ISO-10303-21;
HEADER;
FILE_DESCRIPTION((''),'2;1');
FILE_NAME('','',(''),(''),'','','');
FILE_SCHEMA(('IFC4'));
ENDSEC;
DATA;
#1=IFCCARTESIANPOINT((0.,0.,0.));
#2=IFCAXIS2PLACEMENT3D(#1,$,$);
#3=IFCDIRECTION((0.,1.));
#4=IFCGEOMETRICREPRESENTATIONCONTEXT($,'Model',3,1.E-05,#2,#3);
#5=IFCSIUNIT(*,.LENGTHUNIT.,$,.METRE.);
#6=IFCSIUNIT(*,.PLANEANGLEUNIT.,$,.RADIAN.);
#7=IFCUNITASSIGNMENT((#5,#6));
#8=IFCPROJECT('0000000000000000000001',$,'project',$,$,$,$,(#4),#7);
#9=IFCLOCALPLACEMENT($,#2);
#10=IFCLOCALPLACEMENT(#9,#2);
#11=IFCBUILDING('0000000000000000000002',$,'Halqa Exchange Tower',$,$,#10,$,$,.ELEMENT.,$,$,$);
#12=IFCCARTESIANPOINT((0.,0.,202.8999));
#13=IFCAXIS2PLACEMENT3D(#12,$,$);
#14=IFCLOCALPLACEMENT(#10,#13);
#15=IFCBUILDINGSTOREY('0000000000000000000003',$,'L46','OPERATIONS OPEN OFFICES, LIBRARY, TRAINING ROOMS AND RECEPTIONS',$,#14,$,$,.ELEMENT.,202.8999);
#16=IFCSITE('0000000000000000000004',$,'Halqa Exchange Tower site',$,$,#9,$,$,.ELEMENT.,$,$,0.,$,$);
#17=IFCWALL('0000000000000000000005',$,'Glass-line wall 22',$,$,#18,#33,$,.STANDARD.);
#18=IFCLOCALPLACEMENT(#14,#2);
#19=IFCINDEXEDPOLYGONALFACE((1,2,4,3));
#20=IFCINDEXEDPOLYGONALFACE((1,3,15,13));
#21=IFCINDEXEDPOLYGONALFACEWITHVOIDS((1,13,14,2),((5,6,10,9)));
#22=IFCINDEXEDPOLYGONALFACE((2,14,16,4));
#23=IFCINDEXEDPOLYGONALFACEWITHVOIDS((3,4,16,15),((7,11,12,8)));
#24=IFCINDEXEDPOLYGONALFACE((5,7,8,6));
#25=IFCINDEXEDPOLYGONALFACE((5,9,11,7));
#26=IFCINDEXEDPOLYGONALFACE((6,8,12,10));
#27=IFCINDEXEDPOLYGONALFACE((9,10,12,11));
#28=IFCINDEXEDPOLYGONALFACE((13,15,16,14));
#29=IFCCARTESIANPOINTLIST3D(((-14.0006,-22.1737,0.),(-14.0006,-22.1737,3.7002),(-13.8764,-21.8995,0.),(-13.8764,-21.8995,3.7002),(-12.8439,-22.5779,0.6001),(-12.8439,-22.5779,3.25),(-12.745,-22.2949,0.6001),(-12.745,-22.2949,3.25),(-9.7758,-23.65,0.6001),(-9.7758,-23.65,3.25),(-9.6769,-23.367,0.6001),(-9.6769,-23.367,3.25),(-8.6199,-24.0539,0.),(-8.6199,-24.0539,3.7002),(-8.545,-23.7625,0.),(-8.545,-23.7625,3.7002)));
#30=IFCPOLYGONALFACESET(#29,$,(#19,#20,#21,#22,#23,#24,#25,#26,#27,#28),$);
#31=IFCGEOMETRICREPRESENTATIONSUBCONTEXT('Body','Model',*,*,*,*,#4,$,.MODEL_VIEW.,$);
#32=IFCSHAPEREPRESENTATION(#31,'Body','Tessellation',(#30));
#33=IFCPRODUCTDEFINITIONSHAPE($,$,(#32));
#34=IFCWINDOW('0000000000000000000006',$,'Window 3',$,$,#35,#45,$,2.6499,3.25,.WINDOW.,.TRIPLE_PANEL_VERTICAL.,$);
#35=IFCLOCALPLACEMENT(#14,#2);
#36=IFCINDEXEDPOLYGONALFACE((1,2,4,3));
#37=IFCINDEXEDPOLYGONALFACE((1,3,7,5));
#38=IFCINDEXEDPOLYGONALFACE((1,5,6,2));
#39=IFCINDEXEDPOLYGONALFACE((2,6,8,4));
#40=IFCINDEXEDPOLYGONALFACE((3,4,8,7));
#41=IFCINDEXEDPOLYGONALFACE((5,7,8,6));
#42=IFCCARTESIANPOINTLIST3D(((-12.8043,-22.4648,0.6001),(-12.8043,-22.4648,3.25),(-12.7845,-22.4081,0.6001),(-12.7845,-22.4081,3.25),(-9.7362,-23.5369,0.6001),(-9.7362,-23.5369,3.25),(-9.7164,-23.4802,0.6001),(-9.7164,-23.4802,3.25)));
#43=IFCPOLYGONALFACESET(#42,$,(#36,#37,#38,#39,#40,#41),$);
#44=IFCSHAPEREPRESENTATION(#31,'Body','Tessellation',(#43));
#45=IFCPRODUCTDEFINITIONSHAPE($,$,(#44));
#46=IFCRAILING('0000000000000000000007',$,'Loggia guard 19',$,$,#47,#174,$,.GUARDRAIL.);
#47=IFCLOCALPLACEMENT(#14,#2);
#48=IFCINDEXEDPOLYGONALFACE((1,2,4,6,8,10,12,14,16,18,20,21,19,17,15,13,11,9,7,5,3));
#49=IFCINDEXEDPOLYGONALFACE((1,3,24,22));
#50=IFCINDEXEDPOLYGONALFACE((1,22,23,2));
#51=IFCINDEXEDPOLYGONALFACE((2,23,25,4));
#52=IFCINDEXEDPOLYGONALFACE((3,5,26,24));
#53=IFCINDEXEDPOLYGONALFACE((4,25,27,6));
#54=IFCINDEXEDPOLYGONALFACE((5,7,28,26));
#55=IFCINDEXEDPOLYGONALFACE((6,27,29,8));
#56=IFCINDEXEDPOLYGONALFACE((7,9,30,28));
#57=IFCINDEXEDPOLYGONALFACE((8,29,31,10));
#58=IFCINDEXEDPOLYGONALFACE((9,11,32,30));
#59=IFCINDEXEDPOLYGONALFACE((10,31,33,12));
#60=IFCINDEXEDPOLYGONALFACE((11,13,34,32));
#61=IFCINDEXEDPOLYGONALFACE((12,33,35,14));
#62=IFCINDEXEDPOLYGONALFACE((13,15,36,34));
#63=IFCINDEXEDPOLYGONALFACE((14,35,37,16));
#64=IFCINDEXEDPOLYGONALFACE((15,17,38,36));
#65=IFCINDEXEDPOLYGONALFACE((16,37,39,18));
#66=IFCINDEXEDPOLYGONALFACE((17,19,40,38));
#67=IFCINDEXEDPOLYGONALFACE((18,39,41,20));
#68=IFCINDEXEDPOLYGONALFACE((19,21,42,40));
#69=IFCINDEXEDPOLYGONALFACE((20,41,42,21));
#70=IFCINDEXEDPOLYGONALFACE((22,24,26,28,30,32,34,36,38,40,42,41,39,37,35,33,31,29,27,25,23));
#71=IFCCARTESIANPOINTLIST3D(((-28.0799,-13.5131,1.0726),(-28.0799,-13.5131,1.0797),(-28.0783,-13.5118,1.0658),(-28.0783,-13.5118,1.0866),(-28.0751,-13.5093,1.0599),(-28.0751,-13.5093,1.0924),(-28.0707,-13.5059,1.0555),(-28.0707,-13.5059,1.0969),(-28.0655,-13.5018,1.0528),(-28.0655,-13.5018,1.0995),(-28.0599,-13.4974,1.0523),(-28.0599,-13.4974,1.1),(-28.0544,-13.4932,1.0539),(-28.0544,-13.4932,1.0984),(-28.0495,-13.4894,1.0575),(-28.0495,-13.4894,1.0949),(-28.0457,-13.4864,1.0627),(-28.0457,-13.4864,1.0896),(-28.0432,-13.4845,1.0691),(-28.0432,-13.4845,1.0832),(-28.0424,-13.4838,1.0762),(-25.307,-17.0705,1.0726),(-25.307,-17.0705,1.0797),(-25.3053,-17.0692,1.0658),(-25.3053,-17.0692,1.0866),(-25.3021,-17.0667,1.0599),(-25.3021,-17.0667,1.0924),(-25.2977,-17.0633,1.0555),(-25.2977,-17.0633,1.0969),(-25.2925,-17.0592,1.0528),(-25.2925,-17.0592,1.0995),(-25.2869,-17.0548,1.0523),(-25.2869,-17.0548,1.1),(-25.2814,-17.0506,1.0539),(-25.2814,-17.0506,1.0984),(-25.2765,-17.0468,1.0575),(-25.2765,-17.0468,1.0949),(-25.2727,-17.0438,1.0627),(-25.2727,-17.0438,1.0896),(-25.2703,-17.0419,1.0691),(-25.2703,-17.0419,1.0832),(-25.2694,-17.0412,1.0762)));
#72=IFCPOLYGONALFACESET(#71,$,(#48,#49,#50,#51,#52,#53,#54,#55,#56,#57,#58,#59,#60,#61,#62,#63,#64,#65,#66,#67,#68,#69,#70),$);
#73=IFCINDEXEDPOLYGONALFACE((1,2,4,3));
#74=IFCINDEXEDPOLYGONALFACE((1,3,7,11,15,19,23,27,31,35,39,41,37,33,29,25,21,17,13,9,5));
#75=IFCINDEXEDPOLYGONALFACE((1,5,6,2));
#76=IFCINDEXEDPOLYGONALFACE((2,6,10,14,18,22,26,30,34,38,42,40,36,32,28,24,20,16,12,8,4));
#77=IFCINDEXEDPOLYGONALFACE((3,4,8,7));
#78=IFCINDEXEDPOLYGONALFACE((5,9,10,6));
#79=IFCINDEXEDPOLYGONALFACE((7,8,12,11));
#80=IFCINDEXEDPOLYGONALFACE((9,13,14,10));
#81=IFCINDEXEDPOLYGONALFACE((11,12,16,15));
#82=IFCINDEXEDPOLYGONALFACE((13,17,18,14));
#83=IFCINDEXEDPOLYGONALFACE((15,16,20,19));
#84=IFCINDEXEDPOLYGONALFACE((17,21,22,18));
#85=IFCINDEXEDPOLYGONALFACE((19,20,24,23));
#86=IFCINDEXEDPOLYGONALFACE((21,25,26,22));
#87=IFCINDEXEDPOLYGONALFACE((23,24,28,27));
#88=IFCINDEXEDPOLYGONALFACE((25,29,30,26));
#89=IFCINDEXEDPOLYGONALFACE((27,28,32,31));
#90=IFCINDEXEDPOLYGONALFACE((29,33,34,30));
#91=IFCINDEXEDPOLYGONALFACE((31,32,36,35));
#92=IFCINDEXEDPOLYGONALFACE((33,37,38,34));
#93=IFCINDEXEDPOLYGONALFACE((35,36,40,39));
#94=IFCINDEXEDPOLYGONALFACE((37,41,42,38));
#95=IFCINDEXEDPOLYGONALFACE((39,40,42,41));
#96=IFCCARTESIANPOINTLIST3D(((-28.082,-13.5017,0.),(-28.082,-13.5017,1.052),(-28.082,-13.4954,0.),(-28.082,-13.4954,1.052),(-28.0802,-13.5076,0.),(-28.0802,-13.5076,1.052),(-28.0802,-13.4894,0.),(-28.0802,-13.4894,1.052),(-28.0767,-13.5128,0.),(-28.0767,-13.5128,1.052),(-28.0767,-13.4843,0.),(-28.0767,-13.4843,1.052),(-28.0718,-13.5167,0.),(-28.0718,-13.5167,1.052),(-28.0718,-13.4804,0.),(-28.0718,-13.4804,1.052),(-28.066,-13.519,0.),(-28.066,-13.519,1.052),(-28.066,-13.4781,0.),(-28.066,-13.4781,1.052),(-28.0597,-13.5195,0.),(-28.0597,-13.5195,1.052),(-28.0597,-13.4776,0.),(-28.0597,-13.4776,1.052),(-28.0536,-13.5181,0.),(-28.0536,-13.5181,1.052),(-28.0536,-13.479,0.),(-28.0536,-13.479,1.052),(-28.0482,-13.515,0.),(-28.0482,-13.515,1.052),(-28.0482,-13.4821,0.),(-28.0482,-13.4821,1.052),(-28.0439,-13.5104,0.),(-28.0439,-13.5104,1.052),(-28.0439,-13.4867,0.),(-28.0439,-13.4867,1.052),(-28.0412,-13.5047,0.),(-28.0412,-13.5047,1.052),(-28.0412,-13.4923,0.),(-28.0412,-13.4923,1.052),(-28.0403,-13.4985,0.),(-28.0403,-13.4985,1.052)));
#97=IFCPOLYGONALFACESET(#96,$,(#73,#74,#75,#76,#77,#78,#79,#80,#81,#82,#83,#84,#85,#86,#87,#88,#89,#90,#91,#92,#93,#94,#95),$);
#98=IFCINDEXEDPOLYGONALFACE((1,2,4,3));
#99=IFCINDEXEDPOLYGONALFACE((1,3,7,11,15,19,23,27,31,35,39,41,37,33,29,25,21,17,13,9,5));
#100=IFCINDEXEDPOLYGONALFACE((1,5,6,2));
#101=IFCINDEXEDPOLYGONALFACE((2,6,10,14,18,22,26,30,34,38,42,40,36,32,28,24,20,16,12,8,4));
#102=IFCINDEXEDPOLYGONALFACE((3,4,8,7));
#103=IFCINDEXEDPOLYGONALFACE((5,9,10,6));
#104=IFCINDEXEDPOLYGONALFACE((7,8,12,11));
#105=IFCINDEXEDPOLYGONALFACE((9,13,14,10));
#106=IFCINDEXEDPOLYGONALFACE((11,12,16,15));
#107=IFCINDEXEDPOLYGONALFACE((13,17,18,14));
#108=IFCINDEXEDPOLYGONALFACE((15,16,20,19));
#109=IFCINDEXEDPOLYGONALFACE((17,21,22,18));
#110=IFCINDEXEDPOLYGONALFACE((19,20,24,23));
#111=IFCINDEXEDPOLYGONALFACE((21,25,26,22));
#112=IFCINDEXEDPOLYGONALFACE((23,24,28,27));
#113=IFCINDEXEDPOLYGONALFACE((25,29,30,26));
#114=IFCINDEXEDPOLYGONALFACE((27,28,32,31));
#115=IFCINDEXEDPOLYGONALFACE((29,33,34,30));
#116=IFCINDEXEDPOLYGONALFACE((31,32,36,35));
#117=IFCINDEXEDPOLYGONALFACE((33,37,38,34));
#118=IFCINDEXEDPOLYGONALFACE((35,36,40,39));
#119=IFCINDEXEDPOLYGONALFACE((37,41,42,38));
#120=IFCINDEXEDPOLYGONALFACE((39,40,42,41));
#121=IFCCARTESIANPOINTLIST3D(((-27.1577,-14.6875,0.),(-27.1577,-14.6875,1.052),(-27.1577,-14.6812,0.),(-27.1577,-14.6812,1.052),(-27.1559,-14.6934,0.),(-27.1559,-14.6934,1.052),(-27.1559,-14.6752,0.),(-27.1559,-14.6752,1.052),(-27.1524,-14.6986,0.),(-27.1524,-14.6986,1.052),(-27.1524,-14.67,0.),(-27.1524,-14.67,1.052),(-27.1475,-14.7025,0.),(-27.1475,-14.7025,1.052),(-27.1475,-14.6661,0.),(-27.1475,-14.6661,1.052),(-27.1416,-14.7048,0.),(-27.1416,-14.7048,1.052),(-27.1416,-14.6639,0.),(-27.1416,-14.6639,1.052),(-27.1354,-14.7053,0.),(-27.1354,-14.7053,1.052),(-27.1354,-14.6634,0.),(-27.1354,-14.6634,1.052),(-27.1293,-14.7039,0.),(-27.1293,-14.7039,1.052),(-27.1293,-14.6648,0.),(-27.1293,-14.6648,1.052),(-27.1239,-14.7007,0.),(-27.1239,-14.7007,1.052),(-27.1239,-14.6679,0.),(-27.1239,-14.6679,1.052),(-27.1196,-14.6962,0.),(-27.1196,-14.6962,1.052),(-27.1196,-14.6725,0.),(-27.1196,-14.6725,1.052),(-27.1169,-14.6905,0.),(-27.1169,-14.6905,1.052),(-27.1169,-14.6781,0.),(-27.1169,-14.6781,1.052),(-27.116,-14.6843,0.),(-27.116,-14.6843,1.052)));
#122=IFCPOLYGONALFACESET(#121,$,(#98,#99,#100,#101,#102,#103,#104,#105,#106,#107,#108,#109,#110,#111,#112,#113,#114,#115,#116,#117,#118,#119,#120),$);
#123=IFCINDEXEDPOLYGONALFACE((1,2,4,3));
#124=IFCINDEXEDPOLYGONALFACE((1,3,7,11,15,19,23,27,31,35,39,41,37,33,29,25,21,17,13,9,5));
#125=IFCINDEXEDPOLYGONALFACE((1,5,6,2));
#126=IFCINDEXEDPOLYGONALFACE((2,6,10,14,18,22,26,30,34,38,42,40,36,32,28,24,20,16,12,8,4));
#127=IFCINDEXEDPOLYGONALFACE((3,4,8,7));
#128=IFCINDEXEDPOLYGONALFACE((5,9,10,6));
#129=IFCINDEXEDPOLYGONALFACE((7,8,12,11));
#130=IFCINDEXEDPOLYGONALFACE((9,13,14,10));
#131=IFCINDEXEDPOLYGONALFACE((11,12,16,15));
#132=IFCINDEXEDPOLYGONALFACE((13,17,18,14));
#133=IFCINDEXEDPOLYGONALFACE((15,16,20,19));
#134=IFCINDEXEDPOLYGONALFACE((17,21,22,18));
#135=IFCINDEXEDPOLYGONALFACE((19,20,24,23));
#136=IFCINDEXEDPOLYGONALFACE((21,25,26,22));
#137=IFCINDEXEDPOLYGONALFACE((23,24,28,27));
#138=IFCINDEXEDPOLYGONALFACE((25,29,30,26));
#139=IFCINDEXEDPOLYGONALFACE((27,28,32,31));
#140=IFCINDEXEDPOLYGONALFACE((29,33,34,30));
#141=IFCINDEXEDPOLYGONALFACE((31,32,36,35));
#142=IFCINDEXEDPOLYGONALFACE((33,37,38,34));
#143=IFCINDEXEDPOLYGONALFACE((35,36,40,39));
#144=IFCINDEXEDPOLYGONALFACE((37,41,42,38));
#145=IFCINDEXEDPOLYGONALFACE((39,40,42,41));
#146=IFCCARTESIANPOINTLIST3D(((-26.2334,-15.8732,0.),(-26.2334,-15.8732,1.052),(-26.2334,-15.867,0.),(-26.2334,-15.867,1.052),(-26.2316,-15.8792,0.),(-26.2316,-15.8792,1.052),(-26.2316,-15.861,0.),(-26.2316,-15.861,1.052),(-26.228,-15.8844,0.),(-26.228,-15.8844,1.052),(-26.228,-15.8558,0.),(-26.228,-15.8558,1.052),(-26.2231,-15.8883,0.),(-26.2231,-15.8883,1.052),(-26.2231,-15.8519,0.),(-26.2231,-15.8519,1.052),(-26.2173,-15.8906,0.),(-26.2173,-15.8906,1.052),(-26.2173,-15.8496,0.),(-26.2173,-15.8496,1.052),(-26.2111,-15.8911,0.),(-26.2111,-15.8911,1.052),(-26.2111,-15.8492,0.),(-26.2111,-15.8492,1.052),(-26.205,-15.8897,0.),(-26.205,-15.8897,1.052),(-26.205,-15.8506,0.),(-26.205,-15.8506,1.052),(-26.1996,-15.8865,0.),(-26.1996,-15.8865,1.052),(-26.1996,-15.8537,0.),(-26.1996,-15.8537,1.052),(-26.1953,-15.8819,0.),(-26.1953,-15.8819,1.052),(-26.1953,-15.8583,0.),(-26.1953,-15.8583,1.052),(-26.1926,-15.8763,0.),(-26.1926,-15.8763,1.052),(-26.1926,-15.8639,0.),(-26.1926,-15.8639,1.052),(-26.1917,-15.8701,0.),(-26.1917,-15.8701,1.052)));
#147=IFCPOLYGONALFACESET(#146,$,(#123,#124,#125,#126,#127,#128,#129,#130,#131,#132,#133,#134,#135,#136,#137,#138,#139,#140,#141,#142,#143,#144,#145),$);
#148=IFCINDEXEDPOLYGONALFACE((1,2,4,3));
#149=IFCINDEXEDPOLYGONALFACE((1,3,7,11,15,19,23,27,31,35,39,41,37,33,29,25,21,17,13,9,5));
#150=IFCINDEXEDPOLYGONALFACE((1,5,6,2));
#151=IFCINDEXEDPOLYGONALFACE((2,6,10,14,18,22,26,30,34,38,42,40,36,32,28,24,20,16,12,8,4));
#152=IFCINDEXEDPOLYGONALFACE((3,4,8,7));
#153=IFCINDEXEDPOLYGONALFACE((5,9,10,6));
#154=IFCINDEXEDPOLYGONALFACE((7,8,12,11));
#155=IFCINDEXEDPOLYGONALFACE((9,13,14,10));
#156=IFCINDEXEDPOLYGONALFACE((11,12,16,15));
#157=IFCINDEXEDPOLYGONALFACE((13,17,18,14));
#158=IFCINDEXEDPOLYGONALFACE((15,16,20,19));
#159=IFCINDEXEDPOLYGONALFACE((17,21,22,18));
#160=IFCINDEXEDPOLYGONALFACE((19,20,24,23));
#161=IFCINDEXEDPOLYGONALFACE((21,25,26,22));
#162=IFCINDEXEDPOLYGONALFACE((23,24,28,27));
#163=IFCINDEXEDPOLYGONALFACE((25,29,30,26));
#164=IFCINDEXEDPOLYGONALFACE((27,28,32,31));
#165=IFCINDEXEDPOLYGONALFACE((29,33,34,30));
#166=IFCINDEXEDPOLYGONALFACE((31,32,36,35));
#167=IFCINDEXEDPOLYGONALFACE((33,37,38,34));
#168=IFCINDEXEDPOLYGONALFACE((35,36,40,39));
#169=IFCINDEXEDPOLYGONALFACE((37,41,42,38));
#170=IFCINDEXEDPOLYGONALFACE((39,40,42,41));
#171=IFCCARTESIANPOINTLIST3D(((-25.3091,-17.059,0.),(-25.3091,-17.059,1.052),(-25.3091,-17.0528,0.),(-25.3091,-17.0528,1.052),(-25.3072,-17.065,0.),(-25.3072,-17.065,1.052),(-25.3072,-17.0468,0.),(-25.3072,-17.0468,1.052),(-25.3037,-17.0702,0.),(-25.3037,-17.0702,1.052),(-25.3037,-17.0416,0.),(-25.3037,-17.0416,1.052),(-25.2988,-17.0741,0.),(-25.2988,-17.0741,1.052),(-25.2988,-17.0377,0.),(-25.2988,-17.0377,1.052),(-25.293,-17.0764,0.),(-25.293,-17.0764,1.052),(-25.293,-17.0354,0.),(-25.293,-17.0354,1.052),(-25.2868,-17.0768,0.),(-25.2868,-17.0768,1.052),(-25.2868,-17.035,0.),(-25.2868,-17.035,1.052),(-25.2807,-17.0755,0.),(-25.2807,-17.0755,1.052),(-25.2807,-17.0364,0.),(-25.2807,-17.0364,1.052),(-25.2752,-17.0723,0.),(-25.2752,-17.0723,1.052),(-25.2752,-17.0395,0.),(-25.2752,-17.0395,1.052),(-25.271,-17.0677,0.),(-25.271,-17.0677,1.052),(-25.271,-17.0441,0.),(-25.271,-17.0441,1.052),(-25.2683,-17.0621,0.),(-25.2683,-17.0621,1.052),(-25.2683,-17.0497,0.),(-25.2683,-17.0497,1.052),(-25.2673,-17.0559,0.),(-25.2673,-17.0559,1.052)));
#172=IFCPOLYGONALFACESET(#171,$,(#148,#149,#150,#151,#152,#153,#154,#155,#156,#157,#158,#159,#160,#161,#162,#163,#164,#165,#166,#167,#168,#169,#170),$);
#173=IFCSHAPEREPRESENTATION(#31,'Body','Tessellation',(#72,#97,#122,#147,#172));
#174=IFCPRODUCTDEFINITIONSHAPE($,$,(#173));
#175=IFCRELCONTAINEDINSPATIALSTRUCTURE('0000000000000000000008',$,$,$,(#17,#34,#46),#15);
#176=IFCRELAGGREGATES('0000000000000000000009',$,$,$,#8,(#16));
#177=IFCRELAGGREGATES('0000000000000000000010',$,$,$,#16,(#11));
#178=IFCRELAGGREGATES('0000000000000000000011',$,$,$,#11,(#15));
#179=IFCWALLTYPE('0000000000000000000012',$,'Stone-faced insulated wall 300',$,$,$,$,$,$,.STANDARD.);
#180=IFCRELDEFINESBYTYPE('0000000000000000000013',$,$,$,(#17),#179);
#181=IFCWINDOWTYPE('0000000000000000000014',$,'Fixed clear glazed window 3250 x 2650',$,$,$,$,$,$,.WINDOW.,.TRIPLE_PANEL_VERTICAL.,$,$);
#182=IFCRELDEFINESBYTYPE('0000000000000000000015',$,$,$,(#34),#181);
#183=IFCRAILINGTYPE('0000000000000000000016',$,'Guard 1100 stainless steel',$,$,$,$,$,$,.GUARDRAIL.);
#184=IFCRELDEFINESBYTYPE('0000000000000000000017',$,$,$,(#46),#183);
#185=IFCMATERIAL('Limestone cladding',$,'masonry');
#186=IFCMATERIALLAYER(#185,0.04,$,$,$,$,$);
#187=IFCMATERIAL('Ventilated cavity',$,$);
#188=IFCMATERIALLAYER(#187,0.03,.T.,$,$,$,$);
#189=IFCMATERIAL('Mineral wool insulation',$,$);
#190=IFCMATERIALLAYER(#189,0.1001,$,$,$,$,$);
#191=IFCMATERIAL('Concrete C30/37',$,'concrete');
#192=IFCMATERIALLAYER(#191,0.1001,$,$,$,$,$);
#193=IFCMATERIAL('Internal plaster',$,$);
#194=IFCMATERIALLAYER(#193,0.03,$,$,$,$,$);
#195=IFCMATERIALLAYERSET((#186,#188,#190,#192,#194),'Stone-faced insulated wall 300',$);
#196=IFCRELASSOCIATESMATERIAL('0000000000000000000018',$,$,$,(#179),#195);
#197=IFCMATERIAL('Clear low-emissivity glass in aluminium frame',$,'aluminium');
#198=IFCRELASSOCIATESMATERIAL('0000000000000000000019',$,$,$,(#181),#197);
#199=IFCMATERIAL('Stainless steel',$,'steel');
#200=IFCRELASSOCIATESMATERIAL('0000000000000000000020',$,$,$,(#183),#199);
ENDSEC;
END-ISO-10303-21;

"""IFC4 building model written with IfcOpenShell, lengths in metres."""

from ifc_helpers import new_model, si_unit, direction, frame, frame_2d, origin, origin_2d, place, context, subcontext, project, spatial, polyline, rectangle, circle, outline, extrude, material, layer, layer_set, type_object, element, fill, save


model = new_model("IFC4")

# Units and contexts
model_context = context("Model", 3, precision=1e-05, world=origin(), true_north=direction((0.0, 1.0)))
body_context = subcontext(model_context, "Body", "Model", "MODEL_VIEW")
ifc_project = project(units=[si_unit("LENGTHUNIT", "METRE"), si_unit("PLANEANGLEUNIT", "RADIAN")], contexts=[model_context])

# Site, building, storey
site_placement = place(None, origin())
site = spatial("IfcSite", under=ifc_project, at=site_placement, Name="Halqa Exchange Tower site", CompositionType="ELEMENT", RefElevation=0.0)
building_placement = place(site_placement, origin())
building = spatial("IfcBuilding", under=site, at=building_placement, Name="Halqa Exchange Tower", CompositionType="ELEMENT")
storey_placement = place(building_placement, frame((0.0, 0.0, 202.8999)))
storey = spatial("IfcBuildingStorey", under=building, at=storey_placement, Name="L46", Description="OPERATIONS OPEN OFFICES, LIBRARY, TRAINING ROOMS AND RECEPTIONS", CompositionType="ELEMENT", Elevation=202.8999)

# Shared definitions
ifc_material_1 = material(Name="Limestone cladding", Category="masonry")
ifc_layer_1 = layer(ifc_material_1, 0.04)
ifc_material_2 = material(Name="Ventilated cavity")
ifc_layer_2 = layer(ifc_material_2, 0.03, ventilated=True)
ifc_material_3 = material(Name="Mineral wool insulation")
ifc_layer_3 = layer(ifc_material_3, 0.1001)
ifc_material_4 = material(Name="Concrete C30/37", Category="concrete")
ifc_layer_4 = layer(ifc_material_4, 0.1001)
ifc_material_5 = material(Name="Internal plaster")
ifc_layer_5 = layer(ifc_material_5, 0.03)
ifc_layer_set_1 = layer_set([ifc_layer_1, ifc_layer_2, ifc_layer_3, ifc_layer_4, ifc_layer_5], Name="Stone-faced insulated wall 300")
wall_type_1 = type_object("IfcWallType", Name="Stone-faced insulated wall 300", PredefinedType="STANDARD", material=ifc_layer_set_1)
ifc_material_6 = material(Name="Clear low-emissivity glass in aluminium frame", Category="aluminium")

# Wall, opening, window
window_type = type_object("IfcWindowType", Name="Fixed clear glazed window 3250 x 2650", PartitioningType="TRIPLE_PANEL_VERTICAL", PredefinedType="WINDOW", material=ifc_material_6)
wall_1_placement = place(storey_placement, frame((-13.9385, -22.0366, 0.0), z_axis=(0.0, 0.0, 1.0), x_axis=(0.944023, -0.329879, 0.0)))
wall_1 = element("IfcWall", 1, at=wall_1_placement, inside=storey, type_object=wall_type_1, Name="Glass-line wall 22", PredefinedType="STANDARD", context=body_context, shape_type="SweptSolid", body=[
    extrude(outline(polyline([(-0.0134, -0.1499), (5.6863, -0.1499), (5.6609, 0.1499), (0.0134, 0.1499), (-0.0134, -0.1499)])), origin(), (0.0, 0.0, 1.0), 3.7002),
])
opening_1_placement = place(wall_1_placement, frame((1.2119, 0.0, 0.6001)))
opening_1 = element("IfcOpeningElement", 2, at=opening_1_placement, cuts=wall_1, PredefinedType="OPENING", context=body_context, shape_type="SweptSolid", body=[
    extrude(rectangle(XDim=3.25, YDim=2.6499, at=frame_2d((1.625, 1.325))), frame((0.0, 0.1621, 0.0), z_axis=(0.0, -1.0, 0.0), x_axis=(1.0, 0.0, 0.0)), (0.0, 0.0, 1.0), 0.324),
])
window_1_placement = place(opening_1_placement, origin())
window_1 = element("IfcWindow", 3, at=window_1_placement, inside=storey, type_object=window_type, Name="Window 3", OverallHeight=2.6499, OverallWidth=3.25, PartitioningType="TRIPLE_PANEL_VERTICAL", PredefinedType="WINDOW", context=body_context, shape_type="SweptSolid", body=[
    extrude(rectangle(XDim=3.25, YDim=2.6499, at=frame_2d((1.625, 1.325))), frame((0.0, 0.03, 0.0), z_axis=(0.0, -1.0, 0.0), x_axis=(1.0, 0.0, 0.0)), (0.0, 0.0, 1.0), 0.0601),
])
fill(opening_1, window_1)

# Railing
ifc_material_7 = material(Name="Stainless steel", Category="steel")
railing_type = type_object("IfcRailingType", Name="Guard 1100 stainless steel", PredefinedType="GUARDRAIL", material=ifc_material_7)
railing_1_placement = place(storey_placement, frame((-28.0613, -13.4985, 0.0)))
element("IfcRailing", 4, at=railing_1_placement, inside=storey, type_object=railing_type, Name="Loggia guard 19", PredefinedType="GUARDRAIL", context=body_context, shape_type="SweptSolid", body=[
    extrude(circle(Radius=0.0239, at=origin_2d()), frame((0.0, 0.0, 1.0762), z_axis=(0.614783, -0.788696, 0.0), x_axis=(0.788696, 0.614783, 0.0)), (0.0, 0.0, 1.0), 4.5105),
    extrude(circle(Radius=0.021, at=origin_2d()), origin(), (0.0, 0.0, 1.0), 1.052),
    extrude(circle(Radius=0.021, at=origin_2d()), frame((0.9243, -1.1858, 0.0)), (0.0, 0.0, 1.0), 1.052),
    extrude(circle(Radius=0.021, at=origin_2d()), frame((1.8486, -2.3716, 0.0)), (0.0, 0.0, 1.0), 1.052),
    extrude(circle(Radius=0.021, at=origin_2d()), frame((2.7729, -3.5574, 0.0)), (0.0, 0.0, 1.0), 1.052),
])

save(model, "model.ifc")
